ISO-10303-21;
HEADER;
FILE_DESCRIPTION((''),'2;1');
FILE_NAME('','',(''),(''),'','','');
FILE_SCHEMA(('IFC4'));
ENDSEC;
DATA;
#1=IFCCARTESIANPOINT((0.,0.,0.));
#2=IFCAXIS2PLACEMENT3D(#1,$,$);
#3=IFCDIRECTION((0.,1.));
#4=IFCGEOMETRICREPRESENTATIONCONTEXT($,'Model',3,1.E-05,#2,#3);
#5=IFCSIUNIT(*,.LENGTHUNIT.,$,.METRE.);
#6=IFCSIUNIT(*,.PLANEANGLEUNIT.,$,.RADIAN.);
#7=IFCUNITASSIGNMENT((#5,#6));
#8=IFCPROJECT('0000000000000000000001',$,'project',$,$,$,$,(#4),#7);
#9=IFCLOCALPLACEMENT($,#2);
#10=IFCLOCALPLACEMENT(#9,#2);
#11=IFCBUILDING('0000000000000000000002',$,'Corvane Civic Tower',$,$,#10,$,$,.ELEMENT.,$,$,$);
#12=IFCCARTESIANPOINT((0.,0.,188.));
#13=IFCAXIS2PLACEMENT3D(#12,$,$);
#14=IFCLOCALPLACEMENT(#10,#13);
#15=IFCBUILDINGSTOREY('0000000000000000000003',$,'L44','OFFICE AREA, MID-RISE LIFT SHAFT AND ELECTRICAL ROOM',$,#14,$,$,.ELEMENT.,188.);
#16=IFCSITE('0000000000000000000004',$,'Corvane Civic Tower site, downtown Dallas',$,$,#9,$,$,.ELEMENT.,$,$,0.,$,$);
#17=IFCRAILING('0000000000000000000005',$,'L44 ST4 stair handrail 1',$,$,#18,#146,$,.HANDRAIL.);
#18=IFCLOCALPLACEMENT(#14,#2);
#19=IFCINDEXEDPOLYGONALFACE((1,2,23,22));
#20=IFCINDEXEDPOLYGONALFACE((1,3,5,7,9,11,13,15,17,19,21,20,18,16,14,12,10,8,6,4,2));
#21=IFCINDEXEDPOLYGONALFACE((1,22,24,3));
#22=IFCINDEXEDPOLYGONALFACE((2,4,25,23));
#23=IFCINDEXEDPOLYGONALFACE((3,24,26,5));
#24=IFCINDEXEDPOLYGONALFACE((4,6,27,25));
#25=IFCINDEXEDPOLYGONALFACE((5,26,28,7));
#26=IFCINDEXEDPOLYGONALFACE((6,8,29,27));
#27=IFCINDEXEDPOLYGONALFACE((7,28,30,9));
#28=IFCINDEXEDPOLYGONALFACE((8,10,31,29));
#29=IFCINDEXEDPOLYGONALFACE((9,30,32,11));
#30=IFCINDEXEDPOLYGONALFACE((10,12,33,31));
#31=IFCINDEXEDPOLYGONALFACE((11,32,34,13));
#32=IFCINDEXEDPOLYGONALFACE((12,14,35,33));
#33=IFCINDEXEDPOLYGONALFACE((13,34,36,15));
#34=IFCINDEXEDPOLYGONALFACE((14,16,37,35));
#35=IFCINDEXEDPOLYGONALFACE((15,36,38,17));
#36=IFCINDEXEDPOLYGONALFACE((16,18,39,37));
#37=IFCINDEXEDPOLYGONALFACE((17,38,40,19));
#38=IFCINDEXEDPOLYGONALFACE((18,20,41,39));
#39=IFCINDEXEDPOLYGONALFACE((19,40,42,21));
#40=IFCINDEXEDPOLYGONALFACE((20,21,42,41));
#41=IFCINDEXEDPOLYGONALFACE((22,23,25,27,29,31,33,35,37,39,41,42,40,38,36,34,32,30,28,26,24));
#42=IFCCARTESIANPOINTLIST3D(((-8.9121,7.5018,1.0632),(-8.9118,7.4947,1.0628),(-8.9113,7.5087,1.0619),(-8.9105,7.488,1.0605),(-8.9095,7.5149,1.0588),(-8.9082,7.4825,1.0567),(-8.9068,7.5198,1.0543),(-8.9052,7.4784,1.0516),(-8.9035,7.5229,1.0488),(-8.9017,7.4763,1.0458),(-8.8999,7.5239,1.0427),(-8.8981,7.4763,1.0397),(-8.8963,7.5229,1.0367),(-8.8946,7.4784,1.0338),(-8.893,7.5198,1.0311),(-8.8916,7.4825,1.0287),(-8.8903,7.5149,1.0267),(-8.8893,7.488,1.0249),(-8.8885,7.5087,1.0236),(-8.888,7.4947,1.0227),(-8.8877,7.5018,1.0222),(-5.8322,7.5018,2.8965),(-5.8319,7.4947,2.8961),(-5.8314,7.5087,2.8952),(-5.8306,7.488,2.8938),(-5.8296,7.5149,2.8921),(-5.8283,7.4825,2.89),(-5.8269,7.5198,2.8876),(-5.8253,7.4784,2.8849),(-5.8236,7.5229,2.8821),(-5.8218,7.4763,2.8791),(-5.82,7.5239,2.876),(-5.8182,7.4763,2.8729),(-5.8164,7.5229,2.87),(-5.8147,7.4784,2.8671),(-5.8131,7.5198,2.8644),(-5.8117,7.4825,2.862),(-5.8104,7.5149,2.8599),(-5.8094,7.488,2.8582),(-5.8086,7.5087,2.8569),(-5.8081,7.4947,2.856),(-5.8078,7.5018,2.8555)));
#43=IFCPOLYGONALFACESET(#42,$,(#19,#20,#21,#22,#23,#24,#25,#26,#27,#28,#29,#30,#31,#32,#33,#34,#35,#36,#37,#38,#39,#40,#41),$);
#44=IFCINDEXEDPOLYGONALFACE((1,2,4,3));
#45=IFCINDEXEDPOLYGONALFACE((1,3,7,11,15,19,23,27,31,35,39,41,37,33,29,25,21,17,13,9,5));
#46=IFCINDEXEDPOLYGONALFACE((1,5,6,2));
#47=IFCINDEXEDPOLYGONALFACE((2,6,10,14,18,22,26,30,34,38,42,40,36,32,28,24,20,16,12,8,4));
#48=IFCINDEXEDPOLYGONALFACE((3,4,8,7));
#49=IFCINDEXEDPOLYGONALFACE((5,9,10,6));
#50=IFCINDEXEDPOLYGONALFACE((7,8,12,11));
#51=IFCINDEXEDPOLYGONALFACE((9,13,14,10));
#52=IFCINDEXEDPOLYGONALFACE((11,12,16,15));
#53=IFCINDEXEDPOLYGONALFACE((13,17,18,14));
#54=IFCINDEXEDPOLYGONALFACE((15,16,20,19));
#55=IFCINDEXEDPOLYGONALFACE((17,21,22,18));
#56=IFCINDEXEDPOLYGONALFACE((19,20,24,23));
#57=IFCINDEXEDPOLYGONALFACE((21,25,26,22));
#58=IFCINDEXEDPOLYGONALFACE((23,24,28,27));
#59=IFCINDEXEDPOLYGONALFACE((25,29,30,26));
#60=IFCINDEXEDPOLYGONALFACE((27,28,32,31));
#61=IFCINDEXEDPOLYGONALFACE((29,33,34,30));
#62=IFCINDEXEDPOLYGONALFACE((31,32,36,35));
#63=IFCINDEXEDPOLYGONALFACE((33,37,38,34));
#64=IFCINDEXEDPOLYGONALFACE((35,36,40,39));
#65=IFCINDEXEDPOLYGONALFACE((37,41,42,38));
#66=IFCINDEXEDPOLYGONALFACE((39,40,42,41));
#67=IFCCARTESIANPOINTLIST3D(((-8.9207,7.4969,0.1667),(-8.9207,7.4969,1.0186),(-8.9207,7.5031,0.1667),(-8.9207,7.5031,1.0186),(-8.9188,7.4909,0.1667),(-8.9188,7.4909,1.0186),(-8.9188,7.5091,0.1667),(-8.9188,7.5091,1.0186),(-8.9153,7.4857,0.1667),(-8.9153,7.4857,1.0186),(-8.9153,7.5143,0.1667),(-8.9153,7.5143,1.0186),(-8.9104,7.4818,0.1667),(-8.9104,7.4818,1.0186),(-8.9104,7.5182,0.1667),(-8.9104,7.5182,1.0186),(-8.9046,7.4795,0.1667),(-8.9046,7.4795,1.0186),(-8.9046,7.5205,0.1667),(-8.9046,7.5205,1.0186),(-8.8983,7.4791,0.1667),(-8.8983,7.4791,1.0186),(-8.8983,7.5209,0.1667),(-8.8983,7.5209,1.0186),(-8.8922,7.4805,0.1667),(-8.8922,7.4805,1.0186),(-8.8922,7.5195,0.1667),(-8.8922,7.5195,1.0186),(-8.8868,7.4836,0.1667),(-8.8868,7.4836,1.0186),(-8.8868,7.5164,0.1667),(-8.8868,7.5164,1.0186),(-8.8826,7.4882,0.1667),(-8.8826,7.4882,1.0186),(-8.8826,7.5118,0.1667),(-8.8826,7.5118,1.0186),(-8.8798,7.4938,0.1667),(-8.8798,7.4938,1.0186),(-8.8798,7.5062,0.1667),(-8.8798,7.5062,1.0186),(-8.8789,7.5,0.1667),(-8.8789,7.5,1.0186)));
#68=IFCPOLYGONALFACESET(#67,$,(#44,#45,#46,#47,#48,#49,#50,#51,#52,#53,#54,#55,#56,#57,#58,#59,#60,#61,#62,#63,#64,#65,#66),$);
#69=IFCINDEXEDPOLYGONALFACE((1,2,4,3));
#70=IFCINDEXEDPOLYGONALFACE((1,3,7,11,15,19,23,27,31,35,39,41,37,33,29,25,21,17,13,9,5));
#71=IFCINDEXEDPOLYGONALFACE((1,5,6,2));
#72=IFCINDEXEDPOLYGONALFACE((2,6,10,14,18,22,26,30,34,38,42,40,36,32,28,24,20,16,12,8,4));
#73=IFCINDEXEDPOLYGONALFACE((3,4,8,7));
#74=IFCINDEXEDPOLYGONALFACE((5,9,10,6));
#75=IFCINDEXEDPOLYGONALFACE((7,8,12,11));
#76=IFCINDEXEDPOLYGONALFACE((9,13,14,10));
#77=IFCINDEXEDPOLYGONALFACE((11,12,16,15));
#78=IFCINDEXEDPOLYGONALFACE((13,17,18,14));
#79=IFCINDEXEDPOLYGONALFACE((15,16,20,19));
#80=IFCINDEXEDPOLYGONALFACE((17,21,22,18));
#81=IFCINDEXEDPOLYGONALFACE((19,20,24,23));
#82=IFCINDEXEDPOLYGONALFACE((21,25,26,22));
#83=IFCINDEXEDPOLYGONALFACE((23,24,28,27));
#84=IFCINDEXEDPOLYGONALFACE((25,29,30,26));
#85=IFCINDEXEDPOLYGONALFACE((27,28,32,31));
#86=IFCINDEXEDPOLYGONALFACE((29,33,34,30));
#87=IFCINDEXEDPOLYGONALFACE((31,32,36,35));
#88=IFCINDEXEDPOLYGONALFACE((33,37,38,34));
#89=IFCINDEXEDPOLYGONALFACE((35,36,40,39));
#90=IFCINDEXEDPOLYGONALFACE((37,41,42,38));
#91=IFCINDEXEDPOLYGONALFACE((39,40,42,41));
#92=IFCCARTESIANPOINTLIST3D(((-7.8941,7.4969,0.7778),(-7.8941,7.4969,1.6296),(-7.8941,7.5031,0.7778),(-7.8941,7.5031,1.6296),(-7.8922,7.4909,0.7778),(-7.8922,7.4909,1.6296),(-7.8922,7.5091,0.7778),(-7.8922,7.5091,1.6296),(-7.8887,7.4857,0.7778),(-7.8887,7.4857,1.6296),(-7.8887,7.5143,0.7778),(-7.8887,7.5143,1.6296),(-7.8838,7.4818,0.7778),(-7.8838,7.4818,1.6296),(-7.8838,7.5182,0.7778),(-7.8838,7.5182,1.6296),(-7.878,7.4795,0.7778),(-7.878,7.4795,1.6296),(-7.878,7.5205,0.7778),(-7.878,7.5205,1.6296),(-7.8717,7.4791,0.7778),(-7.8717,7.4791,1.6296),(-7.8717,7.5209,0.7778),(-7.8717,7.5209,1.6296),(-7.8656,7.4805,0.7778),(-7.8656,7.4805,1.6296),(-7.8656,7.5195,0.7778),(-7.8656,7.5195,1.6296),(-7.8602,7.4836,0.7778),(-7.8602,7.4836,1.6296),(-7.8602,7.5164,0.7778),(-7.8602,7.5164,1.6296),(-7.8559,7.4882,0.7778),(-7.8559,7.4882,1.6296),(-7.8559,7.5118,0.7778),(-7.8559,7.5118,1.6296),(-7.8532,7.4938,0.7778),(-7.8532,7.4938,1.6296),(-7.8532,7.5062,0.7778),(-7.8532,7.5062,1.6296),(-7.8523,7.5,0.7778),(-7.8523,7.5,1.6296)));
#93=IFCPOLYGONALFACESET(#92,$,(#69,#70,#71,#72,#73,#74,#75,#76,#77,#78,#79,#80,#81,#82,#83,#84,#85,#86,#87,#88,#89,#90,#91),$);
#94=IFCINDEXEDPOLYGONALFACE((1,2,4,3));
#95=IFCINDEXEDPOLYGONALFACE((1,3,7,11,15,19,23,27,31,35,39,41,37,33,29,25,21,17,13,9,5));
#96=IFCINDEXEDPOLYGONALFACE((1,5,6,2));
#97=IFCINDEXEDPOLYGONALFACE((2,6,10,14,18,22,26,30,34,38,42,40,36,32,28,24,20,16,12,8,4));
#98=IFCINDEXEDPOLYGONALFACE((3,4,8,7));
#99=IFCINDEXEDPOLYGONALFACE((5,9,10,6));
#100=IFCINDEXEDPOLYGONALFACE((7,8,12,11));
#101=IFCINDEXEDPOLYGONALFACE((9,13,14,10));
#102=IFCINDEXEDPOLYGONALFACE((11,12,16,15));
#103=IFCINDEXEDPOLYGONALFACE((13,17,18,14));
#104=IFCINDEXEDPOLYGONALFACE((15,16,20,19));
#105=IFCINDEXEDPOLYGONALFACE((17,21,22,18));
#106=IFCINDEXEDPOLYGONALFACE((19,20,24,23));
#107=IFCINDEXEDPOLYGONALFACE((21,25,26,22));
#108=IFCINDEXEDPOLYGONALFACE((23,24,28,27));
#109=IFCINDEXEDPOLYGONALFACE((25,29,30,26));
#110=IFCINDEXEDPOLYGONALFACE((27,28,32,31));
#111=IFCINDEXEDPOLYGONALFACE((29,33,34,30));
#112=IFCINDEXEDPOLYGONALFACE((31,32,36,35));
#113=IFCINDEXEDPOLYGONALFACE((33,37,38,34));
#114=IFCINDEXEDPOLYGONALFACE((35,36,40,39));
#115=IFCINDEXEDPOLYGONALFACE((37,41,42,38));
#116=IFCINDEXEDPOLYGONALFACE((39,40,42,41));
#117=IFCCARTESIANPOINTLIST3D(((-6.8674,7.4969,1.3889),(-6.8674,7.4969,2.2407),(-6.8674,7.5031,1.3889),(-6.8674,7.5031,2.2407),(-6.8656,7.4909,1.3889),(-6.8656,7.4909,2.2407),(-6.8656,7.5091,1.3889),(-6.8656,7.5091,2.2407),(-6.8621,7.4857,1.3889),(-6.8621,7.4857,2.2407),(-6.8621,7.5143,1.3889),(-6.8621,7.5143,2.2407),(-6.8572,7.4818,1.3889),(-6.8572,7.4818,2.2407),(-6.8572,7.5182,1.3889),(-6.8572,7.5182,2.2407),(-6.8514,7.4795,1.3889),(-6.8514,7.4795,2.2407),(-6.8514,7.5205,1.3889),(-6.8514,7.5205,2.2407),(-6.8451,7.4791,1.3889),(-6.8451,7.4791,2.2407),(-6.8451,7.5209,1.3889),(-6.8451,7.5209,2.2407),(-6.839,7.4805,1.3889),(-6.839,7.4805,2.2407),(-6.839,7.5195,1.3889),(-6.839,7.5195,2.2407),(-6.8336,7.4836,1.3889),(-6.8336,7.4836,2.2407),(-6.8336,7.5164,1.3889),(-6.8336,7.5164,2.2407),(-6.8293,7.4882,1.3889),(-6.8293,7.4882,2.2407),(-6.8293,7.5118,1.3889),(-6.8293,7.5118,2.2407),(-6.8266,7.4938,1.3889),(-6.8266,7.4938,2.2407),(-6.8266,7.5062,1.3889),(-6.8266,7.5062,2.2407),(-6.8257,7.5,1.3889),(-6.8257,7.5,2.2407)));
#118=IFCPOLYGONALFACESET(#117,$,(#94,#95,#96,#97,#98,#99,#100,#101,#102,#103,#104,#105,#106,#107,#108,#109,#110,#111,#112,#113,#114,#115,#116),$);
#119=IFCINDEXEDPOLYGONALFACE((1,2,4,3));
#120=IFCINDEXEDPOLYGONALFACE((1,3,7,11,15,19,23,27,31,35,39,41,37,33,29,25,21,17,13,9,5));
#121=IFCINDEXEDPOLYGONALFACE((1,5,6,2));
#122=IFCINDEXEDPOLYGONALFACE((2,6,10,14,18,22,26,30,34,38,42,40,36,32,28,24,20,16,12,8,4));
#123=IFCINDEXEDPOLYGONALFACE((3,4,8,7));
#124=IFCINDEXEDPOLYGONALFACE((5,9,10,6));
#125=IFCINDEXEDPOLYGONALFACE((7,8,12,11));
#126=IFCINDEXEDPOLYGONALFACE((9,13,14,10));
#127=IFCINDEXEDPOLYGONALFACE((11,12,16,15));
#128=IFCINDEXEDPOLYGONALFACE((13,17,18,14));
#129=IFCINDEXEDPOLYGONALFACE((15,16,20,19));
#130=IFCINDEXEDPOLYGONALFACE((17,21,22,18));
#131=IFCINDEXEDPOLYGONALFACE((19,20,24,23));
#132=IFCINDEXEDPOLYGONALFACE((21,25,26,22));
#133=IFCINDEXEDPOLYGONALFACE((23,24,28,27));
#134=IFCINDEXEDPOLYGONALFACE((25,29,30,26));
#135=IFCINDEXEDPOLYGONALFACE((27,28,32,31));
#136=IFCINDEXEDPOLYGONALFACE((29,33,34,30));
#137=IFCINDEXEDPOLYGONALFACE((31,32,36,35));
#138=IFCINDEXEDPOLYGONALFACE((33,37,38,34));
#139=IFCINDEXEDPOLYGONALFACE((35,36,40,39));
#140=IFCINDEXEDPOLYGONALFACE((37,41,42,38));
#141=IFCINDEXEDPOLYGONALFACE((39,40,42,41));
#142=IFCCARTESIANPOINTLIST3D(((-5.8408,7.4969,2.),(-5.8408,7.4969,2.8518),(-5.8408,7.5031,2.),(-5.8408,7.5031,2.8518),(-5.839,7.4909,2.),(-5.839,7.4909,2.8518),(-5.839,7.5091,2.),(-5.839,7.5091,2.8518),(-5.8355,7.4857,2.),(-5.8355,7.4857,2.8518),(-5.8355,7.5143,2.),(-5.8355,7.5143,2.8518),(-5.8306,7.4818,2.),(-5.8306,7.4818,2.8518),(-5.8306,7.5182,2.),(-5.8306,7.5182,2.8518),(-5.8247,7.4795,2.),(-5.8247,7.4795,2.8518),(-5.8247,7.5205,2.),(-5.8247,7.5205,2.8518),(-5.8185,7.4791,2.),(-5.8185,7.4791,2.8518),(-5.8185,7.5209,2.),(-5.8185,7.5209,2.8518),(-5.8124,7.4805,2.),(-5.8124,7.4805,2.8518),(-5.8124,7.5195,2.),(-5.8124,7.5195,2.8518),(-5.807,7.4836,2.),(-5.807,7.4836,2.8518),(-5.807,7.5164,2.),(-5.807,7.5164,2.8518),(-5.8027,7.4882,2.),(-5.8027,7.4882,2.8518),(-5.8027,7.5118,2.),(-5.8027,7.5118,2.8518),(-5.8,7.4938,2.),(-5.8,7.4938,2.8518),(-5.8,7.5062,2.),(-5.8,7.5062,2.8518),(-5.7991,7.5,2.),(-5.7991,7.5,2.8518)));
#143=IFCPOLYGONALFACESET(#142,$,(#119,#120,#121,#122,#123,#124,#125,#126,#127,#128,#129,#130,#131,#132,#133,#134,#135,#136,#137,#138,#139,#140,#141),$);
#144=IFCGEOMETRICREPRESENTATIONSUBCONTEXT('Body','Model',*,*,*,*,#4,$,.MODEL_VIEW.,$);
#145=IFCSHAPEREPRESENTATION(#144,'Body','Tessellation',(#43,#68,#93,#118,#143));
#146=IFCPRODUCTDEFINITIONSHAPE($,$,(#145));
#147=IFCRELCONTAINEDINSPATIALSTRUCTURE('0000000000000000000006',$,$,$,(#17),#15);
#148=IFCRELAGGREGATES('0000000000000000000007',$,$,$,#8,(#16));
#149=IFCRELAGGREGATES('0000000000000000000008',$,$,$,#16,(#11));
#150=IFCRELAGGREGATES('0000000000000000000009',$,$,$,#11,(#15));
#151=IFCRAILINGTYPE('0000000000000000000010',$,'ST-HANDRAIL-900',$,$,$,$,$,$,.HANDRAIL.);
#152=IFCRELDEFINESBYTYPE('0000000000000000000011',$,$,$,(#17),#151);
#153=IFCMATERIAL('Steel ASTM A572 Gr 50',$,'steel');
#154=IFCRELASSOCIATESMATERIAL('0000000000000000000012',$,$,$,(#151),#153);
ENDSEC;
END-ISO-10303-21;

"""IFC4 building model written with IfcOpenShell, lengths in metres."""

from ifc_helpers import new_model, si_unit, direction, frame, origin, origin_2d, place, context, subcontext, project, spatial, circle, extrude, material, type_object, element, save


model = new_model("IFC4")

# Units and contexts
model_context = context("Model", 3, precision=1e-05, world=origin(), true_north=direction((0.0, 1.0)))
body_context = subcontext(model_context, "Body", "Model", "MODEL_VIEW")
ifc_project = project(units=[si_unit("LENGTHUNIT", "METRE"), si_unit("PLANEANGLEUNIT", "RADIAN")], contexts=[model_context])

# Site, building, storey
site_placement = place(None, origin())
site = spatial("IfcSite", under=ifc_project, at=site_placement, Name="Corvane Civic Tower site, downtown Dallas", CompositionType="ELEMENT", RefElevation=0.0)
building_placement = place(site_placement, origin())
building = spatial("IfcBuilding", under=site, at=building_placement, Name="Corvane Civic Tower", CompositionType="ELEMENT")
storey_placement = place(building_placement, frame((0.0, 0.0, 188.0)))
storey = spatial("IfcBuildingStorey", under=building, at=storey_placement, Name="L44", Description="OFFICE AREA, MID-RISE LIFT SHAFT AND ELECTRICAL ROOM", CompositionType="ELEMENT", Elevation=188.0)

# Railing
ifc_material_1 = material(Name="Steel ASTM A572 Gr 50", Category="steel")
railing_type_1 = type_object("IfcRailingType", Name="ST-HANDRAIL-900", PredefinedType="HANDRAIL", material=ifc_material_1)
railing_1_placement = place(storey_placement, frame((-8.8999, 7.5, 0.1667)))
element("IfcRailing", 1, at=railing_1_placement, inside=storey, type_object=railing_type_1, Name="L44 ST4 stair handrail 1", PredefinedType="HANDRAIL", context=body_context, shape_type="SweptSolid", body=[
    extrude(circle(Radius=0.0239, at=origin_2d()), frame((0.0, 0.0, 0.876), z_axis=(0.859291, 0.0, 0.511487), x_axis=(0.0, 1.0, 0.0)), (0.0, 0.0, 1.0), 3.5842),
    extrude(circle(Radius=0.021, at=origin_2d()), origin(), (0.0, 0.0, 1.0), 0.8518),
    extrude(circle(Radius=0.021, at=origin_2d()), frame((1.0266, 0.0, 0.6111)), (0.0, 0.0, 1.0), 0.8518),
    extrude(circle(Radius=0.021, at=origin_2d()), frame((2.0532, 0.0, 1.2222)), (0.0, 0.0, 1.0), 0.8518),
    extrude(circle(Radius=0.021, at=origin_2d()), frame((3.0798, 0.0, 1.8333)), (0.0, 0.0, 1.0), 0.8518),
])

save(model, "model.ifc")
